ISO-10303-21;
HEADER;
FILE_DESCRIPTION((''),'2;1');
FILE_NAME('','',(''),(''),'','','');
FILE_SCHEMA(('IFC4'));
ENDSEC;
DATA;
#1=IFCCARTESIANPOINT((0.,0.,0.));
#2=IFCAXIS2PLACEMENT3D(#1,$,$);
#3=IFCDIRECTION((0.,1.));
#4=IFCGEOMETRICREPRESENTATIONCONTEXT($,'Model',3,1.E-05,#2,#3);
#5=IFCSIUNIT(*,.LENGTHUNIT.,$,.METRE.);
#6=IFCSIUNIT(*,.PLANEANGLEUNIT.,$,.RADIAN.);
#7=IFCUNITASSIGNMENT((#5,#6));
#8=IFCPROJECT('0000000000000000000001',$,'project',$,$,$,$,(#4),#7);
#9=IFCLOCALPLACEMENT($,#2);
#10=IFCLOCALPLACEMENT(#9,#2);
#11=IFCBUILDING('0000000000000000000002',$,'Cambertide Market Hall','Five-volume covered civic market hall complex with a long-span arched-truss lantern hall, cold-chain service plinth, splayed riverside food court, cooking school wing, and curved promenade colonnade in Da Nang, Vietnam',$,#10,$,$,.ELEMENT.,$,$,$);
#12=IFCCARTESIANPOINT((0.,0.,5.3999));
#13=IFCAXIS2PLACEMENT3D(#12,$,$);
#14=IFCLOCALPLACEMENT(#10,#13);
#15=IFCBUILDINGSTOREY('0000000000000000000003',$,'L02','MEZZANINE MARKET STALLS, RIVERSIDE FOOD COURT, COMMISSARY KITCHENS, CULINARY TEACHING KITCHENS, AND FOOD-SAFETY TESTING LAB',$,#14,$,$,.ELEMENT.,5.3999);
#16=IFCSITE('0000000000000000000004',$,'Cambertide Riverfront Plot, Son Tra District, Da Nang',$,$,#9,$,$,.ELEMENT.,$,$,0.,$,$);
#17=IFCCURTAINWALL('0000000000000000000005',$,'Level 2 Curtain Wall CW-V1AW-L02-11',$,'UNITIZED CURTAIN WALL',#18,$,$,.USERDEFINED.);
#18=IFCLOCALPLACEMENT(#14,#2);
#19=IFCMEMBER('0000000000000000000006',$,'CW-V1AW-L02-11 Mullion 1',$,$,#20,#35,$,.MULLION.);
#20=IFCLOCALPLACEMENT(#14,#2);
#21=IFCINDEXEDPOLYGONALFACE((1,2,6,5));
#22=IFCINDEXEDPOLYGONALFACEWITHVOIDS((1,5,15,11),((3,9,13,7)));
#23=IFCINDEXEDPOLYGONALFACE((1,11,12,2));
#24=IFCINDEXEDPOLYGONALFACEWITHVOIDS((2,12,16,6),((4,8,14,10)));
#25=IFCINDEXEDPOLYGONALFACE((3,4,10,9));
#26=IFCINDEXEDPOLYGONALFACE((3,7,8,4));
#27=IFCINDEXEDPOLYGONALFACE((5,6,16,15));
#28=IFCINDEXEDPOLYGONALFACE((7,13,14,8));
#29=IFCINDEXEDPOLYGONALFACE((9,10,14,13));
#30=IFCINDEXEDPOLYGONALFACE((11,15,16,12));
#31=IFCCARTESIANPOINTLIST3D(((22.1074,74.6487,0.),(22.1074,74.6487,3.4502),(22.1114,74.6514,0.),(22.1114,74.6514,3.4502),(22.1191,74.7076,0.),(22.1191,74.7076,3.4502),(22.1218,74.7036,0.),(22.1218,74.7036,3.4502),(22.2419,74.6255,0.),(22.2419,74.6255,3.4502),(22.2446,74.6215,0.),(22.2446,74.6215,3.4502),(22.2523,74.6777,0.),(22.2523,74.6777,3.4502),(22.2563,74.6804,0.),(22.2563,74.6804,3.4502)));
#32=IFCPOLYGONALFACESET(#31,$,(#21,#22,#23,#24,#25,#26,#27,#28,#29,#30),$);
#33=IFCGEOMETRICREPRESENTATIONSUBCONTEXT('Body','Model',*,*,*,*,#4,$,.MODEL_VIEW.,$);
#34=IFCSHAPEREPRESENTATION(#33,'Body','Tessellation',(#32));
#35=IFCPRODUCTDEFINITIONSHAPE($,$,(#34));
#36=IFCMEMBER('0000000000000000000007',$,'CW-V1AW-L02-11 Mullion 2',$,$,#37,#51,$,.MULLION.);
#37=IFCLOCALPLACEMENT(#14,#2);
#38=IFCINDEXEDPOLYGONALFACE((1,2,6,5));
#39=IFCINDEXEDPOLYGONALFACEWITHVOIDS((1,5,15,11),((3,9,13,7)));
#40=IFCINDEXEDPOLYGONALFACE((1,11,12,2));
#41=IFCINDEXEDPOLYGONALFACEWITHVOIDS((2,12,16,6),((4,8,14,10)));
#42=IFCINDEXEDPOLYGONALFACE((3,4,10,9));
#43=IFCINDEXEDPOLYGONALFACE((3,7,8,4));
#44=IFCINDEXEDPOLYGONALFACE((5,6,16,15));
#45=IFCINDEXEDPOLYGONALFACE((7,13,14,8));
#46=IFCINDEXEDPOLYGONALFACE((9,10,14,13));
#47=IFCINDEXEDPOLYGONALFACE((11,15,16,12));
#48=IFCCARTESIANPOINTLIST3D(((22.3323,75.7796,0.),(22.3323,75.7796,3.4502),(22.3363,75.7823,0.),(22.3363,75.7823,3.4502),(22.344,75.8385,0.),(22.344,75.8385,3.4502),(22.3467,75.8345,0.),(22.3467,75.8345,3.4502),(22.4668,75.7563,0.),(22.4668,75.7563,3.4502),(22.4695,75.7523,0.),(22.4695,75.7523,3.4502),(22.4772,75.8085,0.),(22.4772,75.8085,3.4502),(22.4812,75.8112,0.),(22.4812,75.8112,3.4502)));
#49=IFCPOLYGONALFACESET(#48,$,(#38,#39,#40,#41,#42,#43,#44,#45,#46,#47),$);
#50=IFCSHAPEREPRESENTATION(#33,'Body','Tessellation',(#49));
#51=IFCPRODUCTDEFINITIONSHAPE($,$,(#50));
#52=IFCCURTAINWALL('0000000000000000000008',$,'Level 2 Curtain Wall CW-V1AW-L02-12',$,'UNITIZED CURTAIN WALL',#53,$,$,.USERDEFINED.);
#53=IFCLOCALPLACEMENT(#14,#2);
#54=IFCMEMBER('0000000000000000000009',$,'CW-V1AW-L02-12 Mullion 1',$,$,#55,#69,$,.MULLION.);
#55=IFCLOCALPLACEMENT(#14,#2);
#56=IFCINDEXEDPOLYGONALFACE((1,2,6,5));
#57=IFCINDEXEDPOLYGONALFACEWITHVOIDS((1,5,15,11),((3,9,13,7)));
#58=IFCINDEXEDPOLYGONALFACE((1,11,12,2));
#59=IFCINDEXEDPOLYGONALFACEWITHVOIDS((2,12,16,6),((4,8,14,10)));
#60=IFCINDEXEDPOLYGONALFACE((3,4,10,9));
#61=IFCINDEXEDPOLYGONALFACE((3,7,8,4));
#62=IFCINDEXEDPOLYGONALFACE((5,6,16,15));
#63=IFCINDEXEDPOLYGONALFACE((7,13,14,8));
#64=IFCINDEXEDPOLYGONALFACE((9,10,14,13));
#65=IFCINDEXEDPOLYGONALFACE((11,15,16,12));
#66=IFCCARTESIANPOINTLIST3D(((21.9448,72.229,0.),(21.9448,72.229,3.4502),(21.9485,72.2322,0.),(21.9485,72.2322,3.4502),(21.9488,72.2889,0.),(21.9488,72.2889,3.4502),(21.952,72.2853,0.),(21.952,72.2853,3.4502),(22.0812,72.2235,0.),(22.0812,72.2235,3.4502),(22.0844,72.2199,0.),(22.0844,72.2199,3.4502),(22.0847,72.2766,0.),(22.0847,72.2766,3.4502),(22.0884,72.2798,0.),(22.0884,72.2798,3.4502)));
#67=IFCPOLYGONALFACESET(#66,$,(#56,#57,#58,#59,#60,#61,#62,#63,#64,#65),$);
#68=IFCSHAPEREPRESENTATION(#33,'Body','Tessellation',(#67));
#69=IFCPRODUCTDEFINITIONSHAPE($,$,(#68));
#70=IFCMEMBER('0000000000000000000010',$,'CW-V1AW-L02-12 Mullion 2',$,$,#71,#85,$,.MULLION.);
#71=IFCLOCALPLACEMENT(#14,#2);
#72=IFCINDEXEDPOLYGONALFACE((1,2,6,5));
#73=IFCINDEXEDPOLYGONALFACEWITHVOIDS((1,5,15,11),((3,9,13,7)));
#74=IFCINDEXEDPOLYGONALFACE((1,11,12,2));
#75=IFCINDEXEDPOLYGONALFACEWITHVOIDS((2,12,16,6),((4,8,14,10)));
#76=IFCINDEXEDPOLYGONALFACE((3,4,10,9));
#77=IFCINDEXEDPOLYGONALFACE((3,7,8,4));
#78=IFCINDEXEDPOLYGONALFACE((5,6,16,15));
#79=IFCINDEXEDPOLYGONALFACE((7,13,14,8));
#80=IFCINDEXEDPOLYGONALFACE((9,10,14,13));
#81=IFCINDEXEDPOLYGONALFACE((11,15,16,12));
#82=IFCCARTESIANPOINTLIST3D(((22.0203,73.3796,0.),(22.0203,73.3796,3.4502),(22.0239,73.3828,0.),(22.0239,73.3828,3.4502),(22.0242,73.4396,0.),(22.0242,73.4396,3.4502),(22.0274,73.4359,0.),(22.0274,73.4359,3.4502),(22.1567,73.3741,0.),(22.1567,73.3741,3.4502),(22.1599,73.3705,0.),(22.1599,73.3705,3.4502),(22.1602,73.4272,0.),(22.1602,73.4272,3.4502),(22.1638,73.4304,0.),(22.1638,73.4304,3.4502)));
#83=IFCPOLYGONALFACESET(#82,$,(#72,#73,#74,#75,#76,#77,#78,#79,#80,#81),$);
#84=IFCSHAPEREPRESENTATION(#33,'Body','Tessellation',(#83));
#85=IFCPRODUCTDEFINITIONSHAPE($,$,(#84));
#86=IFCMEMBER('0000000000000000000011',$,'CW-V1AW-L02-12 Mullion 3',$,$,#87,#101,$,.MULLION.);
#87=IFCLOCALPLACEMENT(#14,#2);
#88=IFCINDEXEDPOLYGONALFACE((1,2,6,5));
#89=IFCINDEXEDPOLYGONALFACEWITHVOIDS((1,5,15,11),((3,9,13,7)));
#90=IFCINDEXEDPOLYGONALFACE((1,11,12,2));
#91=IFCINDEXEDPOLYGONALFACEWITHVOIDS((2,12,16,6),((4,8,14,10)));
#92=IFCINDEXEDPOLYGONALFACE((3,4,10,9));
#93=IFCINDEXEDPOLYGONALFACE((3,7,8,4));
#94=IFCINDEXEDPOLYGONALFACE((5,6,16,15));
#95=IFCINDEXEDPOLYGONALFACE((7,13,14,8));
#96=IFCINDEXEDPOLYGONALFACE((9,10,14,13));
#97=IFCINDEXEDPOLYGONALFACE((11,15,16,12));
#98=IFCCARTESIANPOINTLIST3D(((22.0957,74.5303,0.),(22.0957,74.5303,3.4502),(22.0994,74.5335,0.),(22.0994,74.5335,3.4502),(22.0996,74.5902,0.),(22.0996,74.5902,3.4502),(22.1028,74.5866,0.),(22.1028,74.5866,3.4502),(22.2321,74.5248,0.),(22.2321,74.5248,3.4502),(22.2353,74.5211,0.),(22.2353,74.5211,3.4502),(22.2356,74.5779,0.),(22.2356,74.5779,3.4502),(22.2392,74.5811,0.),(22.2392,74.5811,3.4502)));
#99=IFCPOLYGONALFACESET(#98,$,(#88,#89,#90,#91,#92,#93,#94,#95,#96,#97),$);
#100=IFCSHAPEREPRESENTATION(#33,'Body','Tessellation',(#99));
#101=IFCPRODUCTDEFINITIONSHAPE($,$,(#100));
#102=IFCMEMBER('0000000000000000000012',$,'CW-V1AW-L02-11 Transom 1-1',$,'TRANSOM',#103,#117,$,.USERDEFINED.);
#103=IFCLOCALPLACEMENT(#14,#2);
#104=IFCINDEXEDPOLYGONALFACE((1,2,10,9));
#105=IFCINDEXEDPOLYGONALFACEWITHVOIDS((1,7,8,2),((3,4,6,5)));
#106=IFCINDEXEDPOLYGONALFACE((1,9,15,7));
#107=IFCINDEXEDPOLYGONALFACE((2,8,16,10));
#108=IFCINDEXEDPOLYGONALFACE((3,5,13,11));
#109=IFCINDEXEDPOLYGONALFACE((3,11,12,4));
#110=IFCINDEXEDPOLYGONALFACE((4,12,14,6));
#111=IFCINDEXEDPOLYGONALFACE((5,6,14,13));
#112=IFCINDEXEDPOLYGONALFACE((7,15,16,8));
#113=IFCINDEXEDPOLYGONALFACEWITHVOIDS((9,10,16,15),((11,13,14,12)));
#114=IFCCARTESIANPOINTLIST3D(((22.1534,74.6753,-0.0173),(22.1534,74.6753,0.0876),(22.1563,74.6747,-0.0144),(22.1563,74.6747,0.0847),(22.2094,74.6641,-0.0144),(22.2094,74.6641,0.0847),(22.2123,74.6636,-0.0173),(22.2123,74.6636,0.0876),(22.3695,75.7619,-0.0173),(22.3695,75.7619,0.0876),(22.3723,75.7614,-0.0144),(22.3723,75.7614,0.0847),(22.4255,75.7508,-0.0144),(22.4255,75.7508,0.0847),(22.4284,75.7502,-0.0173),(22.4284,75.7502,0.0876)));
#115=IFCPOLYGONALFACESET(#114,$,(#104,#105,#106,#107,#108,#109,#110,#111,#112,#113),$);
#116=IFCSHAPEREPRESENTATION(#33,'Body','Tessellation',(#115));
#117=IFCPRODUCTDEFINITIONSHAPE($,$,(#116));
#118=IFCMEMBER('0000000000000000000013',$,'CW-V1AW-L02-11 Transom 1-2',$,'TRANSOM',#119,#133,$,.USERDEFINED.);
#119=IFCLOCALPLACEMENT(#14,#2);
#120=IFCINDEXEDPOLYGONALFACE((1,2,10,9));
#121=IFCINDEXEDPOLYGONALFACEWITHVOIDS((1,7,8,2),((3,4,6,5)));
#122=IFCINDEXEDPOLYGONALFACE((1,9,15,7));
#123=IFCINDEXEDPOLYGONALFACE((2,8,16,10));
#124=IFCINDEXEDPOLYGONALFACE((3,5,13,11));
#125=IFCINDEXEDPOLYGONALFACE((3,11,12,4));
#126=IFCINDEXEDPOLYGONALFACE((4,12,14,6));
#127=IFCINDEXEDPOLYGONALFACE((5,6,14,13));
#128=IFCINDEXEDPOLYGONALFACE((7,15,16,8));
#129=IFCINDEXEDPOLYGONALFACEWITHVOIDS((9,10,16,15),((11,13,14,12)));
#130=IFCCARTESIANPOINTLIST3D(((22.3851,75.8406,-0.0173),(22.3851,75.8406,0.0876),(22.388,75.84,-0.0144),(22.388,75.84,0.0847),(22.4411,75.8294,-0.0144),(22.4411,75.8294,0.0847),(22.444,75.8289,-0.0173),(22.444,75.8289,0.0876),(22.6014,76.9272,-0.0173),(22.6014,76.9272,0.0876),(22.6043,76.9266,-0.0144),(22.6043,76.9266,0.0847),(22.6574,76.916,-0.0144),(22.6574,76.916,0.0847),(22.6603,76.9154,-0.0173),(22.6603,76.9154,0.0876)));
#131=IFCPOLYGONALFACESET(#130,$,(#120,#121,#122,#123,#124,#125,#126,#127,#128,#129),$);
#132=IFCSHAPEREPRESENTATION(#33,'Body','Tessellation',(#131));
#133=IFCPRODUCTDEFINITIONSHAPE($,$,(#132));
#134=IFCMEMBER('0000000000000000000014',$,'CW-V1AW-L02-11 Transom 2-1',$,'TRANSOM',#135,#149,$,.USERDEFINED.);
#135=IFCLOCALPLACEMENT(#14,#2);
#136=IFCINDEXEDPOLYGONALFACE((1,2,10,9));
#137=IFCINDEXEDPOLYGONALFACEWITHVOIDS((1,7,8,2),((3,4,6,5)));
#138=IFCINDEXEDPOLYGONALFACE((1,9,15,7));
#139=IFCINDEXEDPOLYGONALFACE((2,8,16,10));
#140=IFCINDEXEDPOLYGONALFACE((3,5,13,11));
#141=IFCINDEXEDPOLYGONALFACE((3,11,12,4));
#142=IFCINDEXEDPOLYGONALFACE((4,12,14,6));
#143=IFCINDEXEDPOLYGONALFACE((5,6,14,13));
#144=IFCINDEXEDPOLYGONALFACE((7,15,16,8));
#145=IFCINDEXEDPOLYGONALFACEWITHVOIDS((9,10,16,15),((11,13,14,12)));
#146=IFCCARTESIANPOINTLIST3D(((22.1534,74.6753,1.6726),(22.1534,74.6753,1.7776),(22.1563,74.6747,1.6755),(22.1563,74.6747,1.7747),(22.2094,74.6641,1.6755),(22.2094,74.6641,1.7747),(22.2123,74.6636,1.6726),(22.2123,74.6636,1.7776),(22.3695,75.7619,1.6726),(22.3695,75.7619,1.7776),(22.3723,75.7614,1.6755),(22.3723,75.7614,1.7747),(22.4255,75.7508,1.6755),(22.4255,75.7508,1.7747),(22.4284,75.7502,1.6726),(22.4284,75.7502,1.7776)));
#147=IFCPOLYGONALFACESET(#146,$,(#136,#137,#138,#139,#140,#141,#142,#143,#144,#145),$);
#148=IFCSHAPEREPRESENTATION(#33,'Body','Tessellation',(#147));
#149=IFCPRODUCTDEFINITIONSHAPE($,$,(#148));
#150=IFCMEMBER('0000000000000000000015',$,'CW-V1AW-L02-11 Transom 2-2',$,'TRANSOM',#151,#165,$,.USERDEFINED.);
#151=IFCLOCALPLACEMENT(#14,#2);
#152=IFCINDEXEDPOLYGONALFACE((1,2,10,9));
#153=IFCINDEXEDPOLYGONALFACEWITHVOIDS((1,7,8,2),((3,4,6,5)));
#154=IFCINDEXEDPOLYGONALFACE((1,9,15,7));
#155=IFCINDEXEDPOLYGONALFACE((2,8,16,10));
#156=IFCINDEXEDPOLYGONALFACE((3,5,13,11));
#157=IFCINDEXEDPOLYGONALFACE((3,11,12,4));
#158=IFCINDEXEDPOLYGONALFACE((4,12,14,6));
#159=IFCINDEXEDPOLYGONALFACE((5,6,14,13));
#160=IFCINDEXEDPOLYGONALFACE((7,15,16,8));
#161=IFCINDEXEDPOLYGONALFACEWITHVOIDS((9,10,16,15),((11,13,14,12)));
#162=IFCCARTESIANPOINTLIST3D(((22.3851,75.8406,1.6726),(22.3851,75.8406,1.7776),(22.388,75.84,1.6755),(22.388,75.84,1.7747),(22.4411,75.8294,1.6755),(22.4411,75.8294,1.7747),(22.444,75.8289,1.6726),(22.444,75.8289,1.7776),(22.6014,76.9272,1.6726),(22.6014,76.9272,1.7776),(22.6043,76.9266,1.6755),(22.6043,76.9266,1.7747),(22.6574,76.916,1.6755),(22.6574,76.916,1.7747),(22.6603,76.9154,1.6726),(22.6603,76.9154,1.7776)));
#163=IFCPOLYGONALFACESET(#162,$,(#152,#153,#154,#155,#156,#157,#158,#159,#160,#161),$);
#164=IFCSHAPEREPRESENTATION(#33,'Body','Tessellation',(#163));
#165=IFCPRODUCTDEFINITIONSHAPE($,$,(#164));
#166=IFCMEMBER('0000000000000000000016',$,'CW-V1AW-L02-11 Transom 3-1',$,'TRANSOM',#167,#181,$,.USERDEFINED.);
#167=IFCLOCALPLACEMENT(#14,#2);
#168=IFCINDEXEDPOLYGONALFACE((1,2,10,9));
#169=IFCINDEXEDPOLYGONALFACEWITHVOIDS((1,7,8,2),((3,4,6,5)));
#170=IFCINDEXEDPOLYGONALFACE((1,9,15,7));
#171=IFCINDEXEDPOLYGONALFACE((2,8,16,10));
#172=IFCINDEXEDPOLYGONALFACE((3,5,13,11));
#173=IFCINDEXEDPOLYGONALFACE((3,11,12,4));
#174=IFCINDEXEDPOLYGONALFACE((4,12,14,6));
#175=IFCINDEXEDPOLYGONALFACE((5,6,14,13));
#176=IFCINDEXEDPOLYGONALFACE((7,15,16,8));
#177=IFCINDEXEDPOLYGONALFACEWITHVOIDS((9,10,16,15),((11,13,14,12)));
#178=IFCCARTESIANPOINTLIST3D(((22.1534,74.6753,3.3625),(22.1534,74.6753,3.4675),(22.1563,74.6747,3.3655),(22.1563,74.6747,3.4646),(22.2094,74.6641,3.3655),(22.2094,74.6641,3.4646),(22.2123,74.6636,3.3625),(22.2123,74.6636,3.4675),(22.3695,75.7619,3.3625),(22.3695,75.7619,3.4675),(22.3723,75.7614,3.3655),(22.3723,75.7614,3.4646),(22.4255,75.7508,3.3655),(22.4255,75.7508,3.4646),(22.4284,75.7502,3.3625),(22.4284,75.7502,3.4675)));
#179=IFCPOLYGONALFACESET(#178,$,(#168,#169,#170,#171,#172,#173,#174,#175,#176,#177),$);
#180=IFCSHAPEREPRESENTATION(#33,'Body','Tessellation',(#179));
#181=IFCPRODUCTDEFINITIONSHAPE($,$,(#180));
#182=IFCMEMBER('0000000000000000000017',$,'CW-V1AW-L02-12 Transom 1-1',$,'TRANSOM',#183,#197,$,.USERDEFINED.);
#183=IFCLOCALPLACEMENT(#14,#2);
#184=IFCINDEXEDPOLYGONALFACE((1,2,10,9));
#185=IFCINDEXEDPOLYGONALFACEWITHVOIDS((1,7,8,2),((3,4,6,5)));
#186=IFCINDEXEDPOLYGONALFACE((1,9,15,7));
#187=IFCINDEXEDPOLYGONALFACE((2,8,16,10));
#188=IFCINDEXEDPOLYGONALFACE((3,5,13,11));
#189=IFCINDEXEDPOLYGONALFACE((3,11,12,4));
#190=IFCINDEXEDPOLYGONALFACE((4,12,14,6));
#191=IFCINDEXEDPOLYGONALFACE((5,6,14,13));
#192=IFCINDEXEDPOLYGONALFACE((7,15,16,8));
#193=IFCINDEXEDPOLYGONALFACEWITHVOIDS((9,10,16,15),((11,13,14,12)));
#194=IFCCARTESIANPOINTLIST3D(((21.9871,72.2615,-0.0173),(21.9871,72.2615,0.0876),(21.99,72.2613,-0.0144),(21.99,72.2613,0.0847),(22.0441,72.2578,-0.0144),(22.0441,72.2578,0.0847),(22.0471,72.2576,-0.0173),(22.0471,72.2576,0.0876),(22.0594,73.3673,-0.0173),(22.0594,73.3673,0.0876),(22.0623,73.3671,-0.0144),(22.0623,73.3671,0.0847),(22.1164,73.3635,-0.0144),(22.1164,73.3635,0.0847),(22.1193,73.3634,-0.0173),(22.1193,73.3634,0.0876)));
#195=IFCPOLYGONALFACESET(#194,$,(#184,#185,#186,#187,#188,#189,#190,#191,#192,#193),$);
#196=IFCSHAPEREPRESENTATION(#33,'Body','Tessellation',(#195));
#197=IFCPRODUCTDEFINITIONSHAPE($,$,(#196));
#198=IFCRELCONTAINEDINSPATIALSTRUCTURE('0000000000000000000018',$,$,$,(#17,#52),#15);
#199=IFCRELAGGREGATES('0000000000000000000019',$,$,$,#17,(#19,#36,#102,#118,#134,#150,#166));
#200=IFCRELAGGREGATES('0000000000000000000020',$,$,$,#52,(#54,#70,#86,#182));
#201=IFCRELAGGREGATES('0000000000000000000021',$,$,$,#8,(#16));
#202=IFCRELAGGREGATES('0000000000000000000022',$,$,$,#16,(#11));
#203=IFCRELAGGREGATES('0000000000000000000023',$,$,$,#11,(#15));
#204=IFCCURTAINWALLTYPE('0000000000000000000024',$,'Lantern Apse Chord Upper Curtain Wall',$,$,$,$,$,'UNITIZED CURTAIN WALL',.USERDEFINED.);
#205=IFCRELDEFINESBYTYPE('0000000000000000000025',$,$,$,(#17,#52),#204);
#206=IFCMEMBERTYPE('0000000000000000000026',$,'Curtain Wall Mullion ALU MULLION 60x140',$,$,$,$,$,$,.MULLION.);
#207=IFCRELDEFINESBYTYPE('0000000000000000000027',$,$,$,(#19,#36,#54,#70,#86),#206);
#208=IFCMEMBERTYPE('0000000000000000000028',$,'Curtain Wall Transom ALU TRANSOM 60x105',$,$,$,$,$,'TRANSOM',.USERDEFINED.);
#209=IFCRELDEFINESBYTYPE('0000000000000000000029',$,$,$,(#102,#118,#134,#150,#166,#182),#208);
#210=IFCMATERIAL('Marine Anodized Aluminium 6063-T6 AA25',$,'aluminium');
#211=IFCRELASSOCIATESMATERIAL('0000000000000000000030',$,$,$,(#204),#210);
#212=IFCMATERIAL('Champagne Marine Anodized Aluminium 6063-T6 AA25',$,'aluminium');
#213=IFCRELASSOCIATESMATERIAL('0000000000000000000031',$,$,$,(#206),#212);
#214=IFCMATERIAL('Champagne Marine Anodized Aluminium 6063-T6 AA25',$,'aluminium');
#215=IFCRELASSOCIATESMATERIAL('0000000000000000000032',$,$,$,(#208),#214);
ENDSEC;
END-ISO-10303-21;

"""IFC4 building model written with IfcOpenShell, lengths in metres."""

from ifc_helpers import new_model, si_unit, direction, frame, origin, origin_2d, place, context, subcontext, project, spatial, hollow_rectangle, extrude, material, material_profile, profile_set, type_object, element, aggregate, save


model = new_model("IFC4")

# Units and contexts
model_context = context("Model", 3, precision=1e-05, world=origin(), true_north=direction((0.0, 1.0)))
body_context = subcontext(model_context, "Body", "Model", "MODEL_VIEW")
ifc_project = project(units=[si_unit("LENGTHUNIT", "METRE"), si_unit("PLANEANGLEUNIT", "RADIAN")], contexts=[model_context])

# Site, building, storey
site_placement = place(None, origin())
site = spatial("IfcSite", under=ifc_project, at=site_placement, Name="Cambertide Riverfront Plot, Son Tra District, Da Nang", CompositionType="ELEMENT", RefElevation=0.0)
building_placement = place(site_placement, origin())
building = spatial("IfcBuilding", under=site, at=building_placement, Name="Cambertide Market Hall", Description="Five-volume covered civic market hall complex with a long-span arched-truss lantern hall, cold-chain service plinth, splayed riverside food court, cooking school wing, and curved promenade colonnade in Da Nang, Vietnam", CompositionType="ELEMENT")
storey_placement = place(building_placement, frame((0.0, 0.0, 5.3999)))
storey = spatial("IfcBuildingStorey", under=building, at=storey_placement, Name="L02", Description="MEZZANINE MARKET STALLS, RIVERSIDE FOOD COURT, COMMISSARY KITCHENS, CULINARY TEACHING KITCHENS, AND FOOD-SAFETY TESTING LAB", CompositionType="ELEMENT", Elevation=5.3999)

# Curtain walls, members
ifc_material_1 = material(Name="Marine Anodized Aluminium 6063-T6 AA25", Category="aluminium")
curtain_wall_type = type_object("IfcCurtainWallType", Name="Lantern Apse Chord Upper Curtain Wall", ElementType="UNITIZED CURTAIN WALL", PredefinedType="USERDEFINED", material=ifc_material_1)
curtain_wall_1_placement = place(storey_placement, origin())
curtain_wall_1 = element("IfcCurtainWall", 1, at=curtain_wall_1_placement, inside=storey, type_object=curtain_wall_type, Name="Level 2 Curtain Wall CW-V1AW-L02-11", ObjectType="UNITIZED CURTAIN WALL", PredefinedType="USERDEFINED")
ifc_material_2 = material(Name="Champagne Marine Anodized Aluminium 6063-T6 AA25", Category="aluminium")
ifc_material_profile_1 = material_profile(ifc_material_2, hollow_rectangle(XDim=0.0601, YDim=0.1399, WallThickness=0.0034, at=origin_2d()), Name="ALU MULLION 60x140")
ifc_profile_set_1 = profile_set([ifc_material_profile_1], Name="Champagne Marine Anodized Aluminium 6063-T6 AA25")
member_type_1 = type_object("IfcMemberType", Name="Curtain Wall Mullion ALU MULLION 60x140", PredefinedType="MULLION", material=ifc_profile_set_1)
member_1_placement = place(storey_placement, frame((22.1819, 74.6646, 0.0), z_axis=(0.0, 0.0, 1.0), x_axis=(0.19509, 0.980785, 0.0)))
member_1 = element("IfcMember", 2, at=member_1_placement, type_object=member_type_1, Name="CW-V1AW-L02-11 Mullion 1", PredefinedType="MULLION", context=body_context, shape_type="SweptSolid", body=[
    extrude(hollow_rectangle(XDim=0.0601, YDim=0.1399, WallThickness=0.0034, at=origin_2d()), origin(), (0.0, 0.0, 1.0), 3.4502),
])
member_2_placement = place(storey_placement, frame((22.4067, 75.7954, 0.0), z_axis=(0.0, 0.0, 1.0), x_axis=(0.19509, 0.980785, 0.0)))
member_2 = element("IfcMember", 3, at=member_2_placement, type_object=member_type_1, Name="CW-V1AW-L02-11 Mullion 2", PredefinedType="MULLION", context=body_context, shape_type="SweptSolid", body=[
    extrude(hollow_rectangle(XDim=0.0601, YDim=0.1399, WallThickness=0.0034, at=origin_2d()), origin(), (0.0, 0.0, 1.0), 3.4502),
])
curtain_wall_2_placement = place(storey_placement, origin())
curtain_wall_2 = element("IfcCurtainWall", 4, at=curtain_wall_2_placement, inside=storey, type_object=curtain_wall_type, Name="Level 2 Curtain Wall CW-V1AW-L02-12", ObjectType="UNITIZED CURTAIN WALL", PredefinedType="USERDEFINED")
member_3_placement = place(storey_placement, frame((22.0166, 72.2544, 0.0), z_axis=(0.0, 0.0, 1.0), x_axis=(0.065403, 0.997859, 0.0)))
member_3 = element("IfcMember", 5, at=member_3_placement, type_object=member_type_1, Name="CW-V1AW-L02-12 Mullion 1", PredefinedType="MULLION", context=body_context, shape_type="SweptSolid", body=[
    extrude(hollow_rectangle(XDim=0.0601, YDim=0.1399, WallThickness=0.0034, at=origin_2d()), origin(), (0.0, 0.0, 1.0), 3.4502),
])
member_4_placement = place(storey_placement, frame((22.092, 73.405, 0.0), z_axis=(0.0, 0.0, 1.0), x_axis=(0.065403, 0.997859, 0.0)))
member_4 = element("IfcMember", 6, at=member_4_placement, type_object=member_type_1, Name="CW-V1AW-L02-12 Mullion 2", PredefinedType="MULLION", context=body_context, shape_type="SweptSolid", body=[
    extrude(hollow_rectangle(XDim=0.0601, YDim=0.1399, WallThickness=0.0034, at=origin_2d()), origin(), (0.0, 0.0, 1.0), 3.4502),
])
member_5_placement = place(storey_placement, frame((22.1675, 74.5557, 0.0), z_axis=(0.0, 0.0, 1.0), x_axis=(0.065403, 0.997859, 0.0)))
member_5 = element("IfcMember", 7, at=member_5_placement, type_object=member_type_1, Name="CW-V1AW-L02-12 Mullion 3", PredefinedType="MULLION", context=body_context, shape_type="SweptSolid", body=[
    extrude(hollow_rectangle(XDim=0.0601, YDim=0.1399, WallThickness=0.0034, at=origin_2d()), origin(), (0.0, 0.0, 1.0), 3.4502),
])

# Members
ifc_material_3 = material(Name="Champagne Marine Anodized Aluminium 6063-T6 AA25", Category="aluminium")
ifc_material_profile_2 = material_profile(ifc_material_3, hollow_rectangle(XDim=0.0601, YDim=0.105, WallThickness=0.0029, at=origin_2d()), Name="ALU TRANSOM 60x105")
ifc_profile_set_2 = profile_set([ifc_material_profile_2], Name="Champagne Marine Anodized Aluminium 6063-T6 AA25")
member_type_2 = type_object("IfcMemberType", Name="Curtain Wall Transom ALU TRANSOM 60x105", ElementType="TRANSOM", PredefinedType="USERDEFINED", material=ifc_profile_set_2)
member_6_placement = place(storey_placement, frame((22.1829, 74.6694, 0.0352), z_axis=(0.195014, 0.9808, 0.0), x_axis=(-0.9808, 0.195014, 0.0)))
member_6 = element("IfcMember", 8, at=member_6_placement, type_object=member_type_2, Name="CW-V1AW-L02-11 Transom 1-1", ObjectType="TRANSOM", PredefinedType="USERDEFINED", context=body_context, shape_type="SweptSolid", body=[
    extrude(hollow_rectangle(XDim=0.0601, YDim=0.105, WallThickness=0.0029, at=origin_2d()), origin(), (0.0, 0.0, 1.0), 1.1079),
])
member_7_placement = place(storey_placement, frame((22.4146, 75.8347, 0.0352), z_axis=(0.195226, 0.980758, 0.0), x_axis=(-0.980758, 0.195226, 0.0)))
member_7 = element("IfcMember", 9, at=member_7_placement, type_object=member_type_2, Name="CW-V1AW-L02-11 Transom 1-2", ObjectType="TRANSOM", PredefinedType="USERDEFINED", context=body_context, shape_type="SweptSolid", body=[
    extrude(hollow_rectangle(XDim=0.0601, YDim=0.105, WallThickness=0.0029, at=origin_2d()), origin(), (0.0, 0.0, 1.0), 1.1079),
])
member_8_placement = place(storey_placement, frame((22.1829, 74.6694, 1.7251), z_axis=(0.195014, 0.9808, 0.0), x_axis=(-0.9808, 0.195014, 0.0)))
member_8 = element("IfcMember", 10, at=member_8_placement, type_object=member_type_2, Name="CW-V1AW-L02-11 Transom 2-1", ObjectType="TRANSOM", PredefinedType="USERDEFINED", context=body_context, shape_type="SweptSolid", body=[
    extrude(hollow_rectangle(XDim=0.0601, YDim=0.105, WallThickness=0.0029, at=origin_2d()), origin(), (0.0, 0.0, 1.0), 1.1079),
])
member_9_placement = place(storey_placement, frame((22.4146, 75.8347, 1.7251), z_axis=(0.195226, 0.980758, 0.0), x_axis=(-0.980758, 0.195226, 0.0)))
member_9 = element("IfcMember", 11, at=member_9_placement, type_object=member_type_2, Name="CW-V1AW-L02-11 Transom 2-2", ObjectType="TRANSOM", PredefinedType="USERDEFINED", context=body_context, shape_type="SweptSolid", body=[
    extrude(hollow_rectangle(XDim=0.0601, YDim=0.105, WallThickness=0.0029, at=origin_2d()), origin(), (0.0, 0.0, 1.0), 1.1079),
])
member_10_placement = place(storey_placement, frame((22.1829, 74.6694, 3.415), z_axis=(0.195014, 0.9808, 0.0), x_axis=(-0.9808, 0.195014, 0.0)))
member_10 = element("IfcMember", 12, at=member_10_placement, type_object=member_type_2, Name="CW-V1AW-L02-11 Transom 3-1", ObjectType="TRANSOM", PredefinedType="USERDEFINED", context=body_context, shape_type="SweptSolid", body=[
    extrude(hollow_rectangle(XDim=0.0601, YDim=0.105, WallThickness=0.0029, at=origin_2d()), origin(), (0.0, 0.0, 1.0), 1.1079),
])
member_11_placement = place(storey_placement, frame((22.0171, 72.2595, 0.0352), z_axis=(0.065217, 0.997871, 0.0), x_axis=(-0.997871, 0.065217, 0.0)))
member_11 = element("IfcMember", 13, at=member_11_placement, type_object=member_type_2, Name="CW-V1AW-L02-12 Transom 1-1", ObjectType="TRANSOM", PredefinedType="USERDEFINED", context=body_context, shape_type="SweptSolid", body=[
    extrude(hollow_rectangle(XDim=0.0601, YDim=0.105, WallThickness=0.0029, at=origin_2d()), origin(), (0.0, 0.0, 1.0), 1.1082),
])

aggregate(curtain_wall_1, [member_1, member_2, member_6, member_7, member_8, member_9, member_10])
aggregate(curtain_wall_2, [member_3, member_4, member_5, member_11])

save(model, "model.ifc")
